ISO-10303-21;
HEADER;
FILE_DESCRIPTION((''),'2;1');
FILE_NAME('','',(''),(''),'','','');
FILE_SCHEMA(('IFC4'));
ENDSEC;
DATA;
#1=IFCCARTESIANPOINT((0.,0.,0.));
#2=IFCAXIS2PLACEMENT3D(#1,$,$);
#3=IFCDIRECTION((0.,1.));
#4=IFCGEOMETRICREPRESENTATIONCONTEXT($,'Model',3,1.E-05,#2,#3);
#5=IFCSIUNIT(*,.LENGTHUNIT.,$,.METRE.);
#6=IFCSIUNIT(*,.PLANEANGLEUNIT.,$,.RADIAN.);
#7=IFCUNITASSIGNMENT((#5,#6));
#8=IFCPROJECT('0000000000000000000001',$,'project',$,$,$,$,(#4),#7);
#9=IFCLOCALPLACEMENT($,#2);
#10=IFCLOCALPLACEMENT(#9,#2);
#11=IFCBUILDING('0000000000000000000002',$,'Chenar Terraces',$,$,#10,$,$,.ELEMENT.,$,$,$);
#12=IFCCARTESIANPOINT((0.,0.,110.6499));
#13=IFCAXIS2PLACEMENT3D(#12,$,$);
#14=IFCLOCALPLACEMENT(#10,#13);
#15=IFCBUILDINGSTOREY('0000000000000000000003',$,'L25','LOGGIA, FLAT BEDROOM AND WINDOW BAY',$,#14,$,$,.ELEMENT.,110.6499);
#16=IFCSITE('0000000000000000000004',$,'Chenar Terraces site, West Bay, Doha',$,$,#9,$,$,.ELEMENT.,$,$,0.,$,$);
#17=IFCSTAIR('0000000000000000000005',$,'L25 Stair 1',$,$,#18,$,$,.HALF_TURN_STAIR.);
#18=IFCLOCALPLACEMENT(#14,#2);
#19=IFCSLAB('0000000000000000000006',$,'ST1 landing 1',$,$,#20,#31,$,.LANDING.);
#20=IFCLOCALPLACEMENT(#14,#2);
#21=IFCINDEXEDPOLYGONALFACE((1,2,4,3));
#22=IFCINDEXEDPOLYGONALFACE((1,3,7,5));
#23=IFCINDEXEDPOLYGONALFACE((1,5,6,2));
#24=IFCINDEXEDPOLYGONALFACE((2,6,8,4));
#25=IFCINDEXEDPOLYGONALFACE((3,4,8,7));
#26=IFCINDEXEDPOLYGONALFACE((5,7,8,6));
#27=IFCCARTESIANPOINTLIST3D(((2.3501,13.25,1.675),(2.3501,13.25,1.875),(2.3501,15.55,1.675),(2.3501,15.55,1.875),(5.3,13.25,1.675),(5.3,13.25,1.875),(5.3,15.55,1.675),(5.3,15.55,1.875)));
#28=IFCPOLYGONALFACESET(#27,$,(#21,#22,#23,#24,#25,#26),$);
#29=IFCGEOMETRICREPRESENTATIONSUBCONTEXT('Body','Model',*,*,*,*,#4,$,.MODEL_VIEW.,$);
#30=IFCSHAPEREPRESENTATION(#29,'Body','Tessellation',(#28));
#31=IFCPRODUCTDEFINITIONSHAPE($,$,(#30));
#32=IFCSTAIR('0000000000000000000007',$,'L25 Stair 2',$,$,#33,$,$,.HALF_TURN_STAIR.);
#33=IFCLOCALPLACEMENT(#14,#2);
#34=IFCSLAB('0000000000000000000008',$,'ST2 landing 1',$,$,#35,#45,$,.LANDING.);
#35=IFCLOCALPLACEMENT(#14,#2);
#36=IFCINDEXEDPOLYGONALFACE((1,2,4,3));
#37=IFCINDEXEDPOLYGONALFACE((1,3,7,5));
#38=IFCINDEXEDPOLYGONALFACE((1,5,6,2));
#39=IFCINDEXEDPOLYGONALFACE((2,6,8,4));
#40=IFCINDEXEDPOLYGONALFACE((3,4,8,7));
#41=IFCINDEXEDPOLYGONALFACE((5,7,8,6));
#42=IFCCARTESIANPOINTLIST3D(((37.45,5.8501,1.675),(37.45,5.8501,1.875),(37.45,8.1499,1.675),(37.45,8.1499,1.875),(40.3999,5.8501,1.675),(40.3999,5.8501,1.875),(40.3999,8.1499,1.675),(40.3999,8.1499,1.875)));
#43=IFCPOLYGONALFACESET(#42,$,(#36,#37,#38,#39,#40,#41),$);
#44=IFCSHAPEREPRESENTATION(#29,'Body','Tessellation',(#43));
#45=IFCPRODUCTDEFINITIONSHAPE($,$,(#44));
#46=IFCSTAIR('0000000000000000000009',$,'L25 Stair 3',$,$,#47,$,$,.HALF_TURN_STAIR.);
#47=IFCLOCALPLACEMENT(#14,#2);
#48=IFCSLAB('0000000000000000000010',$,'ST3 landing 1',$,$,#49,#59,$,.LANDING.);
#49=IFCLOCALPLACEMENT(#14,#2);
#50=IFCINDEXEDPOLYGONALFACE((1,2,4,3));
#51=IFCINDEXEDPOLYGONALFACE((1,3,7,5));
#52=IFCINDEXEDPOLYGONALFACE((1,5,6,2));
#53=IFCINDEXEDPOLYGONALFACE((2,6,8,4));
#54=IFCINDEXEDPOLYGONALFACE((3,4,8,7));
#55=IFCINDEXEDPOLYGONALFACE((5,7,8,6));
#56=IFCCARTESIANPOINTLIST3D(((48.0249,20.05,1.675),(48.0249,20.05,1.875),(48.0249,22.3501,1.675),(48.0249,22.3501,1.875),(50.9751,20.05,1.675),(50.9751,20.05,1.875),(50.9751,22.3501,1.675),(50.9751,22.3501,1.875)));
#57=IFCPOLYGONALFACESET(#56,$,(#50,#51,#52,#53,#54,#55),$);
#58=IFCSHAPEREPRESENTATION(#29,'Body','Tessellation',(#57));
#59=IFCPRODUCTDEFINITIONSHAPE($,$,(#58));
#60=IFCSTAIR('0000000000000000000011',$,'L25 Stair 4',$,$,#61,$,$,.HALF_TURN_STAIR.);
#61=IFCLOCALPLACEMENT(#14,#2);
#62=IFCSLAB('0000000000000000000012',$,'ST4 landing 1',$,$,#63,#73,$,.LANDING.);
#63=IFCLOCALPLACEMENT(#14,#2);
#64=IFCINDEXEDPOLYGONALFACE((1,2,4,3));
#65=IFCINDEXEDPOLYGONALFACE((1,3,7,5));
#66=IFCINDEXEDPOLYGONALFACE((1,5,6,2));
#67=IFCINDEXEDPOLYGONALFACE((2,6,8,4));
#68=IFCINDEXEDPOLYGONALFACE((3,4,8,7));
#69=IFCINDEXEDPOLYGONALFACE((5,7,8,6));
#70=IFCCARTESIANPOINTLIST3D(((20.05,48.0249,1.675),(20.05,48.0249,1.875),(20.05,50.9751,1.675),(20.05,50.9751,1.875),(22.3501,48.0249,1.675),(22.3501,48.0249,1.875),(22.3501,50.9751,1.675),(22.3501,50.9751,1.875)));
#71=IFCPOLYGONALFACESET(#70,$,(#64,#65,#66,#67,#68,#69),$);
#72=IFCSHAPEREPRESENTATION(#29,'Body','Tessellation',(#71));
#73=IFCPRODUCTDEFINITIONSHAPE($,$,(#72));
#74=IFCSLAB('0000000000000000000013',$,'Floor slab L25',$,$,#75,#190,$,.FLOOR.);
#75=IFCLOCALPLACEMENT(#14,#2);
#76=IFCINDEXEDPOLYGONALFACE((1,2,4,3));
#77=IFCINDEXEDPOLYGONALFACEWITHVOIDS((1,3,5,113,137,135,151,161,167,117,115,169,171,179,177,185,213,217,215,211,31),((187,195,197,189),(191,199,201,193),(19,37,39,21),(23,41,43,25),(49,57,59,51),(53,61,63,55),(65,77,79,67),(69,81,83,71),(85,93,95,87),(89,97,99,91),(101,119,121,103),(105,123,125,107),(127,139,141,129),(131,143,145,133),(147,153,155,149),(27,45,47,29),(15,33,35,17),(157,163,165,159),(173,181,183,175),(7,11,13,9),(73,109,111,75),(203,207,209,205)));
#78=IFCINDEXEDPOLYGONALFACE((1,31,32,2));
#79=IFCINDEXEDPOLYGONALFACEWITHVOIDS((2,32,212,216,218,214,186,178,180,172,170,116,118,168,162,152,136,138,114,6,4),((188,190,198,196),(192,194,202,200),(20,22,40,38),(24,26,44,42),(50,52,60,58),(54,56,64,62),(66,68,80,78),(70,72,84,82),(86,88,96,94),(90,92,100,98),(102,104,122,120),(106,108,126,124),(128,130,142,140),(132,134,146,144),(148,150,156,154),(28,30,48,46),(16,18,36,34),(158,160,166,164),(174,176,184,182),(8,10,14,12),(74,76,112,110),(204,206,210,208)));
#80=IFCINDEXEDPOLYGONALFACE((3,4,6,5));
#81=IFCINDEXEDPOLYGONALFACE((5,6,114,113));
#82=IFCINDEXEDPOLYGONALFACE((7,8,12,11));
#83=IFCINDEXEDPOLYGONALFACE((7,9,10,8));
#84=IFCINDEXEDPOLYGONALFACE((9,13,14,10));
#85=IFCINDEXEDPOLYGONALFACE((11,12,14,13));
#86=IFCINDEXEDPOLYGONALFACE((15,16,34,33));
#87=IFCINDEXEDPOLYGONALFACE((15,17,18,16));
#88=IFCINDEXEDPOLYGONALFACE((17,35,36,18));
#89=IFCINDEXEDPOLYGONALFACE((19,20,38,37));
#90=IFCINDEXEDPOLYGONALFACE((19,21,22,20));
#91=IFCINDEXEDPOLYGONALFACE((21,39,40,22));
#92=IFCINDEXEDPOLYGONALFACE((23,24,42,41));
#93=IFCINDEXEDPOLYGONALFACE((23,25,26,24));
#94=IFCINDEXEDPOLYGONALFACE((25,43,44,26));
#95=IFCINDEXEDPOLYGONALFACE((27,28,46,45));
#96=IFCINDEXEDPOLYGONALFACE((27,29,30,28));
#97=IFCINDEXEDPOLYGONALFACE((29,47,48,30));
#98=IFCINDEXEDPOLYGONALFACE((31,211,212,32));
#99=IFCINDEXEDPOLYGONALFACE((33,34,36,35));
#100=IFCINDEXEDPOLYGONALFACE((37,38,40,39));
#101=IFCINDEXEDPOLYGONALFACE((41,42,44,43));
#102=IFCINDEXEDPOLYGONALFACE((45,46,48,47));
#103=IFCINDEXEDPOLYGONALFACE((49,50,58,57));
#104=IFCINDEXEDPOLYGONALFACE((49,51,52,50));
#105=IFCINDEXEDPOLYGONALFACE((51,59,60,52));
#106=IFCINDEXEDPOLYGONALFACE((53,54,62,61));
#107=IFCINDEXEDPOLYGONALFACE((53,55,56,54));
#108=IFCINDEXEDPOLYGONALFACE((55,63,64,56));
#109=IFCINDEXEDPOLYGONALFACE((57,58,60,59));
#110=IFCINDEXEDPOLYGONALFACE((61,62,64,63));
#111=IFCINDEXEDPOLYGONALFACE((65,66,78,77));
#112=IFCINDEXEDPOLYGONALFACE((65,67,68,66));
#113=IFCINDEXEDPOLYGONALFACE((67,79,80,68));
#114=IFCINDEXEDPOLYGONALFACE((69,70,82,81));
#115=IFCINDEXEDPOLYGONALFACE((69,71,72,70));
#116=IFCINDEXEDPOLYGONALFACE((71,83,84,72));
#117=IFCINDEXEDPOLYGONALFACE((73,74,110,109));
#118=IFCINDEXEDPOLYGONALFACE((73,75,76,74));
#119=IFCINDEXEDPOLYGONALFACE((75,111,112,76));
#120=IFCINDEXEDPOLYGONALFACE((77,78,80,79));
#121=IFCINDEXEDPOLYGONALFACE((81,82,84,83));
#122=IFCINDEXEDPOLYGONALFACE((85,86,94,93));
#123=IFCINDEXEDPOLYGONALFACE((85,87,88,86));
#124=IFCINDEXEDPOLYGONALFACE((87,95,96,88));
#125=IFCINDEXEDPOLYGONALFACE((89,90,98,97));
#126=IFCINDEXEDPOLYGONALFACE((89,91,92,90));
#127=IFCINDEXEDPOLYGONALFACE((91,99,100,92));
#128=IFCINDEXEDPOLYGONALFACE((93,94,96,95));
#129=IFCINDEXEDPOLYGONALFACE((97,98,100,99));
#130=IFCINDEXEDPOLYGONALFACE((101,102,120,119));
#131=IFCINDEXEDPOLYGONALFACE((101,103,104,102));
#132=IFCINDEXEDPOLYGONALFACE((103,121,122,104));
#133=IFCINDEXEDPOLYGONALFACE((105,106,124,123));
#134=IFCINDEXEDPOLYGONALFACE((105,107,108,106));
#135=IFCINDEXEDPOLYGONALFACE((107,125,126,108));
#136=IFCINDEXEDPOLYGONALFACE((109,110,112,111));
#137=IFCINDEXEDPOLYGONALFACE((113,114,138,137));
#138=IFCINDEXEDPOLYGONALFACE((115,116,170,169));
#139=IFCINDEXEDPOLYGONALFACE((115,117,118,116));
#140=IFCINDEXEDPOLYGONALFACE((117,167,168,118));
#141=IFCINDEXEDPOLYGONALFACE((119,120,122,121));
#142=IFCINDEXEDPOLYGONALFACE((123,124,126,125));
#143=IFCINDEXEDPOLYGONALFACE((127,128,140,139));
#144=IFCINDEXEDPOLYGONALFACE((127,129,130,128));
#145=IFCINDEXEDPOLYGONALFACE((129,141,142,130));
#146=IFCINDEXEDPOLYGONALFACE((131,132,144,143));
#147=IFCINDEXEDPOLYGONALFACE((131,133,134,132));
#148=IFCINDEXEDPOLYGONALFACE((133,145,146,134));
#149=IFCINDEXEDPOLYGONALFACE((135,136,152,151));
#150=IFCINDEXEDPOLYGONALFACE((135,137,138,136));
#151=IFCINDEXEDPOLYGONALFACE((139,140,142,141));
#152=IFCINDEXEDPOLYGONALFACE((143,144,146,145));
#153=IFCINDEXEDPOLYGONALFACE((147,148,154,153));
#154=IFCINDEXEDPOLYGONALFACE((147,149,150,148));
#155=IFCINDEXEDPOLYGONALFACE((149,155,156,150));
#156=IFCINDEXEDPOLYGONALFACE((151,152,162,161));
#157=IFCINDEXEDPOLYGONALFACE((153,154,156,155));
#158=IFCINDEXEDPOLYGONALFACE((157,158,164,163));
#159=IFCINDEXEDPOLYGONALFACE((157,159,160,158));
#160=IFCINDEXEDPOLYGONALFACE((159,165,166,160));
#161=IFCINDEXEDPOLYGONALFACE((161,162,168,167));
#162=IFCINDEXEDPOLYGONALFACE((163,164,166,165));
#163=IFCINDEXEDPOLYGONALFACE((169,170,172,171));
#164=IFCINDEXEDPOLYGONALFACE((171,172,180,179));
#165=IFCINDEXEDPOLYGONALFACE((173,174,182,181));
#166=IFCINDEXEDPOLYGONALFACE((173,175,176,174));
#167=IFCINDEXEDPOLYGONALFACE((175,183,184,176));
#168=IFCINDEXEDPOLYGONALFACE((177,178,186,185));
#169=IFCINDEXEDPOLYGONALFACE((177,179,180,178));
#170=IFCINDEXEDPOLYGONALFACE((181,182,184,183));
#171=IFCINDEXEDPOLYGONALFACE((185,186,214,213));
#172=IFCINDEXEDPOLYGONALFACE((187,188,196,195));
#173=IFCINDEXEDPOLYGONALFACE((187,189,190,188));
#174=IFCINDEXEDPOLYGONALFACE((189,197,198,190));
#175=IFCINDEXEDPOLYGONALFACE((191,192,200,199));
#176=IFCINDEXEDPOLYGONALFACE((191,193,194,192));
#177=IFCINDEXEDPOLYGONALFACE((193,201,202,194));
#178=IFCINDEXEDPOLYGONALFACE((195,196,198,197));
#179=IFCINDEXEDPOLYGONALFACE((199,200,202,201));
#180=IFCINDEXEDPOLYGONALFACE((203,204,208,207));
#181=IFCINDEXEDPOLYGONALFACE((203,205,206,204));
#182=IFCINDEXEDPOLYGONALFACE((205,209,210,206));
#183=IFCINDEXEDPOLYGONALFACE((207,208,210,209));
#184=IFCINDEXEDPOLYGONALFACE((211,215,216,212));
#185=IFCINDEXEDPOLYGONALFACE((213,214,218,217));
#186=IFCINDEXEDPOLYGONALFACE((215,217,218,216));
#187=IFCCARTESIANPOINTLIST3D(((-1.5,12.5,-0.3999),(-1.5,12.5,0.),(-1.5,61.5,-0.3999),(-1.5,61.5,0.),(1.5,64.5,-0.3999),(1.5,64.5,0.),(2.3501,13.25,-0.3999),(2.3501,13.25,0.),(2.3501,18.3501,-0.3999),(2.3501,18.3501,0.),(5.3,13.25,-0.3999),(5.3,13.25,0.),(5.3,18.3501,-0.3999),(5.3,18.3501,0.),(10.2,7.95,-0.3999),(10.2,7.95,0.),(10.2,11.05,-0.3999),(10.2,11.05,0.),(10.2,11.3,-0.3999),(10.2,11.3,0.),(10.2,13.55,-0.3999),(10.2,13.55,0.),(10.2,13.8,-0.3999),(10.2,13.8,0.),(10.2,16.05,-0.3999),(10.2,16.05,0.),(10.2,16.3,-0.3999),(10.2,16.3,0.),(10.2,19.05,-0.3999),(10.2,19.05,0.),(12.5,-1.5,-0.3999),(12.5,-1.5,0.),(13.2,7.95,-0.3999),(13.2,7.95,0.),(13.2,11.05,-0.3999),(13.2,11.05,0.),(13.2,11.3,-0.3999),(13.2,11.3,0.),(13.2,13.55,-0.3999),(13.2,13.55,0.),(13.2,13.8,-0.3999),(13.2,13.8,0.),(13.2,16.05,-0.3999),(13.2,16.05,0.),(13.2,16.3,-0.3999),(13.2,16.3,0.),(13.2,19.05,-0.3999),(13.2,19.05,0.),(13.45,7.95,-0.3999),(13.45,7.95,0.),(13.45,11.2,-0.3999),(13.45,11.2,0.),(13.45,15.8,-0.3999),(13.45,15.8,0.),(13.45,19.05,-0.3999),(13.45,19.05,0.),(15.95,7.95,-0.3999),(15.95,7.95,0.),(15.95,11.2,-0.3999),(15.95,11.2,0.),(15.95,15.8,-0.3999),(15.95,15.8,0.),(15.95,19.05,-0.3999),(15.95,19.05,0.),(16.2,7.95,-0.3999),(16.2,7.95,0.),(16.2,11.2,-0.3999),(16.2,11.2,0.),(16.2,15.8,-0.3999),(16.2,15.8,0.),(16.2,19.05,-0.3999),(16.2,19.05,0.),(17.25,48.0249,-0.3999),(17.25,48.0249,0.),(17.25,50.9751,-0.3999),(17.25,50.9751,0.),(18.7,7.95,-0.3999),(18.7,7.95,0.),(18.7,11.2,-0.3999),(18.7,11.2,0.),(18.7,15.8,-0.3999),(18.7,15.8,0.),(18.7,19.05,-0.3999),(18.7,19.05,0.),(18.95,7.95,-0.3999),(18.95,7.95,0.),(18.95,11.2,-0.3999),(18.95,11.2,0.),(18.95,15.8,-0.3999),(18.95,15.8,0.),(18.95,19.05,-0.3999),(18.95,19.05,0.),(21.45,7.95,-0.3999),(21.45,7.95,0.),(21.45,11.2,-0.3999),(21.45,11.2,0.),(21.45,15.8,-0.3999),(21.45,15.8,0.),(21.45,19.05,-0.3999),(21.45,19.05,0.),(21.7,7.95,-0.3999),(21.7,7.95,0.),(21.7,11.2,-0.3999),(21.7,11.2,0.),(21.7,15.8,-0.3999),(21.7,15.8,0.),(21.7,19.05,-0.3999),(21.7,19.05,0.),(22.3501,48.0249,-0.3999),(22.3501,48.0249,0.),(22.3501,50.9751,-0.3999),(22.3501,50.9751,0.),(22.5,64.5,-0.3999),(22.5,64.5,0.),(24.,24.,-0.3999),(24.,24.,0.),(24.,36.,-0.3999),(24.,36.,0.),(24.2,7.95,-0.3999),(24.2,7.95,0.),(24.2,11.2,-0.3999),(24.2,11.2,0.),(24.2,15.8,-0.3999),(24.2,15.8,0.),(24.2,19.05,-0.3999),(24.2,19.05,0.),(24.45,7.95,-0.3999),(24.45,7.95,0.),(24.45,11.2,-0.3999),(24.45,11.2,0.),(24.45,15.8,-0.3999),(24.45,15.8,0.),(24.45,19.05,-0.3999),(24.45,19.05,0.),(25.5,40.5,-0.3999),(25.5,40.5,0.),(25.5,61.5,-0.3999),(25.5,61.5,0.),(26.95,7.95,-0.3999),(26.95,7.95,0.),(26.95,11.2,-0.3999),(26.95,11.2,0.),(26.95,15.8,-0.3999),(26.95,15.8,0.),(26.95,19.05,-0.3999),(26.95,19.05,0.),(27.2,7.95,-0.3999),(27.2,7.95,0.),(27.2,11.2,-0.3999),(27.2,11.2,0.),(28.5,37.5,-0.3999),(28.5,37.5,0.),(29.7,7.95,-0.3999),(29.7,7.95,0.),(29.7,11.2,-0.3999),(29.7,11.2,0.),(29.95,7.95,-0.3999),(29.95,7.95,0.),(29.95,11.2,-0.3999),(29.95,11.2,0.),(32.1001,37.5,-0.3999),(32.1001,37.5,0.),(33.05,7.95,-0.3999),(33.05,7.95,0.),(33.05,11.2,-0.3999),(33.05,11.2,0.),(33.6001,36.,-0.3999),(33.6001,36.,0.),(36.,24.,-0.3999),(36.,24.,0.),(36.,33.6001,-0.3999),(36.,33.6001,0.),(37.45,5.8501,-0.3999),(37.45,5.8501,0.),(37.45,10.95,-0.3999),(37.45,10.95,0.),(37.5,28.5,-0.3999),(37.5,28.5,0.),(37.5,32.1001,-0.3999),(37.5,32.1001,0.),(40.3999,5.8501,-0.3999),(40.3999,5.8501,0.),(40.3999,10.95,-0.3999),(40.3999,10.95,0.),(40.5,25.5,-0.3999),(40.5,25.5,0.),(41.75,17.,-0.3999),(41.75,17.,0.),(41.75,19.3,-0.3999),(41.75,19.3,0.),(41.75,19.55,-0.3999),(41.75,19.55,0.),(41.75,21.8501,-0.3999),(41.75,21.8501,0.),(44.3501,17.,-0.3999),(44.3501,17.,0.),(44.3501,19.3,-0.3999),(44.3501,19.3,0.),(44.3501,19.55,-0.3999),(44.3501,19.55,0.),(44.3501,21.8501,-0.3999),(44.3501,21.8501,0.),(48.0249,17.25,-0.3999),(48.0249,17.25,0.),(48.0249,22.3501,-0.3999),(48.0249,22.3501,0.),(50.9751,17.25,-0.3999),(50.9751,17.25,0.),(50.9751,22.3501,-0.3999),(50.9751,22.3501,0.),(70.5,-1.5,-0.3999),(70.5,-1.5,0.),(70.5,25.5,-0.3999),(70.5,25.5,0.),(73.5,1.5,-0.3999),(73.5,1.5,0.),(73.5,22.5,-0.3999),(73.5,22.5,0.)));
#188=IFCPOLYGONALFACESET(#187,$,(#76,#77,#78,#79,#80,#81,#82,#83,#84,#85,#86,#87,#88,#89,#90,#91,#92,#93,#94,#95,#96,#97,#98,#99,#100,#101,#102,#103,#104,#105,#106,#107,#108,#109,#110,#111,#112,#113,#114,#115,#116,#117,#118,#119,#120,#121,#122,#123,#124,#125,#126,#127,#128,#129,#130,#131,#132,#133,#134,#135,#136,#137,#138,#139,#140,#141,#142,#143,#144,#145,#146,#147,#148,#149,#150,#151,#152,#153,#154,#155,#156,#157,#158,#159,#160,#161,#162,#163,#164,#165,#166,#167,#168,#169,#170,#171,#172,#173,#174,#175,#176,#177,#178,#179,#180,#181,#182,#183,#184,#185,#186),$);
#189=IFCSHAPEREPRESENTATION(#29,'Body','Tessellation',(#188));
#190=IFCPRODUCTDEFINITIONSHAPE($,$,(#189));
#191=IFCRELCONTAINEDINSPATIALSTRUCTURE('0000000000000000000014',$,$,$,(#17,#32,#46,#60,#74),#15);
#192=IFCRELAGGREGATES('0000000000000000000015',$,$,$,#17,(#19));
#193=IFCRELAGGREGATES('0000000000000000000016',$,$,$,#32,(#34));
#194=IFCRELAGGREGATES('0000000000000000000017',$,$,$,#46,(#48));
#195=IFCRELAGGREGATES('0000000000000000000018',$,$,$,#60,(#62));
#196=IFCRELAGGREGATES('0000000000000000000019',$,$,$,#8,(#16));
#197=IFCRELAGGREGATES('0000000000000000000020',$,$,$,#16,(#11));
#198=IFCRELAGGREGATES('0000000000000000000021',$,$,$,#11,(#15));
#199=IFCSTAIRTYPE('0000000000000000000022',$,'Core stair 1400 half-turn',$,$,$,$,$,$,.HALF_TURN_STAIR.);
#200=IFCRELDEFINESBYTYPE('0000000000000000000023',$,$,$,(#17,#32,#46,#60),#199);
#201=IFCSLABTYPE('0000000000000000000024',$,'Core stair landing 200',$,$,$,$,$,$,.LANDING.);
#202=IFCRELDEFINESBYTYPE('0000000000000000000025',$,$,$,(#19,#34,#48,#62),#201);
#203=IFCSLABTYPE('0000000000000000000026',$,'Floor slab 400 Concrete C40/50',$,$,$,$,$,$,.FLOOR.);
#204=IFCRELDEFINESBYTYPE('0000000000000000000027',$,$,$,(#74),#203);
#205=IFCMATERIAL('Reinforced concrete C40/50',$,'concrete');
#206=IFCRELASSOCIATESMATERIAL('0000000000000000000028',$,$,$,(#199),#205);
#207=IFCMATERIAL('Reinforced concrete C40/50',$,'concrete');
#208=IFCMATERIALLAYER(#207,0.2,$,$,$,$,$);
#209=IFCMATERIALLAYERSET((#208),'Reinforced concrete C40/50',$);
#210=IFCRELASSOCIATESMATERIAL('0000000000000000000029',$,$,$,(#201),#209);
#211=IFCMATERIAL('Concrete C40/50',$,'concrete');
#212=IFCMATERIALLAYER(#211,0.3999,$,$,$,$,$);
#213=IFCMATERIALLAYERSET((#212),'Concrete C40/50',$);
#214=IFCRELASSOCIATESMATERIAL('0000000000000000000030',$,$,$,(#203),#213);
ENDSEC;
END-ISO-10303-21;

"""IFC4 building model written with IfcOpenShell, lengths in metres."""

from ifc_helpers import new_model, si_unit, direction, frame, origin, place, context, subcontext, project, spatial, polyline, outline, extrude, material, layer, layer_set, type_object, element, aggregate, save


model = new_model("IFC4")

# Units and contexts
model_context = context("Model", 3, precision=1e-05, world=origin(), true_north=direction((0.0, 1.0)))
body_context = subcontext(model_context, "Body", "Model", "MODEL_VIEW")
ifc_project = project(units=[si_unit("LENGTHUNIT", "METRE"), si_unit("PLANEANGLEUNIT", "RADIAN")], contexts=[model_context])

# Site, building, storey
site_placement = place(None, origin())
site = spatial("IfcSite", under=ifc_project, at=site_placement, Name="Chenar Terraces site, West Bay, Doha", CompositionType="ELEMENT", RefElevation=0.0)
building_placement = place(site_placement, origin())
building = spatial("IfcBuilding", under=site, at=building_placement, Name="Chenar Terraces", CompositionType="ELEMENT")
storey_placement = place(building_placement, frame((0.0, 0.0, 110.6499)))
storey = spatial("IfcBuildingStorey", under=building, at=storey_placement, Name="L25", Description="LOGGIA, FLAT BEDROOM AND WINDOW BAY", CompositionType="ELEMENT", Elevation=110.6499)

# Stairs, slabs
ifc_material_1 = material(Name="Reinforced concrete C40/50", Category="concrete")
stair_type = type_object("IfcStairType", Name="Core stair 1400 half-turn", PredefinedType="HALF_TURN_STAIR", material=ifc_material_1)
placement_1 = place(storey_placement, origin())
stair_1 = element("IfcStair", 1, at=placement_1, inside=storey, type_object=stair_type, Name="L25 Stair 1", PredefinedType="HALF_TURN_STAIR")
ifc_material_2 = material(Name="Reinforced concrete C40/50", Category="concrete")
ifc_layer_1 = layer(ifc_material_2, 0.2)
ifc_layer_set_1 = layer_set([ifc_layer_1], Name="Reinforced concrete C40/50")
slab_type_1 = type_object("IfcSlabType", Name="Core stair landing 200", PredefinedType="LANDING", material=ifc_layer_set_1)
placement_2 = place(storey_placement, frame((0.0, 0.0, 1.675)))
slab_1 = element("IfcSlab", 2, at=placement_2, type_object=slab_type_1, Name="ST1 landing 1", PredefinedType="LANDING", context=body_context, shape_type="SweptSolid", body=[
    extrude(outline(polyline([(2.3501, 15.55), (2.3501, 13.25), (5.3, 13.25), (5.3, 15.55), (2.3501, 15.55)])), origin(), (0.0, 0.0, 1.0), 0.2),
])
aggregate(stair_1, [slab_1])
stair_2 = element("IfcStair", 3, at=placement_1, inside=storey, type_object=stair_type, Name="L25 Stair 2", PredefinedType="HALF_TURN_STAIR")
slab_2 = element("IfcSlab", 4, at=placement_2, type_object=slab_type_1, Name="ST2 landing 1", PredefinedType="LANDING", context=body_context, shape_type="SweptSolid", body=[
    extrude(outline(polyline([(37.45, 8.1499), (37.45, 5.8501), (40.3999, 5.8501), (40.3999, 8.1499), (37.45, 8.1499)])), origin(), (0.0, 0.0, 1.0), 0.2),
])
aggregate(stair_2, [slab_2])
stair_3 = element("IfcStair", 5, at=placement_1, inside=storey, type_object=stair_type, Name="L25 Stair 3", PredefinedType="HALF_TURN_STAIR")
slab_3 = element("IfcSlab", 6, at=placement_2, type_object=slab_type_1, Name="ST3 landing 1", PredefinedType="LANDING", context=body_context, shape_type="SweptSolid", body=[
    extrude(outline(polyline([(50.9751, 20.05), (50.9751, 22.3501), (48.0249, 22.3501), (48.0249, 20.05), (50.9751, 20.05)])), origin(), (0.0, 0.0, 1.0), 0.2),
])
aggregate(stair_3, [slab_3])
stair_4 = element("IfcStair", 7, at=placement_1, inside=storey, type_object=stair_type, Name="L25 Stair 4", PredefinedType="HALF_TURN_STAIR")
slab_4 = element("IfcSlab", 8, at=placement_2, type_object=slab_type_1, Name="ST4 landing 1", PredefinedType="LANDING", context=body_context, shape_type="SweptSolid", body=[
    extrude(outline(polyline([(20.05, 48.0249), (22.3501, 48.0249), (22.3501, 50.9751), (20.05, 50.9751), (20.05, 48.0249)])), origin(), (0.0, 0.0, 1.0), 0.2),
])
aggregate(stair_4, [slab_4])

# Slab
ifc_material_3 = material(Name="Concrete C40/50", Category="concrete")
ifc_layer_2 = layer(ifc_material_3, 0.3999)
ifc_layer_set_2 = layer_set([ifc_layer_2], Name="Concrete C40/50")
slab_type_2 = type_object("IfcSlabType", Name="Floor slab 400 Concrete C40/50", PredefinedType="FLOOR", material=ifc_layer_set_2)
slab_5_placement = place(storey_placement, frame((0.0, 0.0, -0.3999)))
element("IfcSlab", 9, at=slab_5_placement, inside=storey, type_object=slab_type_2, Name="Floor slab L25", PredefinedType="FLOOR", context=body_context, shape_type="SweptSolid", body=[
    extrude(outline(polyline([(73.5, 22.5), (73.5, 1.5), (70.5, -1.5), (12.5, -1.5), (-1.5, 12.5), (-1.5, 61.5), (1.5, 64.5), (22.5, 64.5), (25.5, 61.5), (25.5, 40.5), (28.5, 37.5), (32.1001, 37.5), (33.6001, 36.0), (24.0, 36.0), (24.0, 24.0), (36.0, 24.0), (36.0, 33.6001), (37.5, 32.1001), (37.5, 28.5), (40.5, 25.5), (70.5, 25.5), (73.5, 22.5)]), holes=[polyline([(13.2, 11.05), (10.2, 11.05), (10.2, 7.95), (13.2, 7.95), (13.2, 11.05)]), polyline([(15.95, 11.2), (13.45, 11.2), (13.45, 7.95), (15.95, 7.95), (15.95, 11.2)]), polyline([(18.7, 11.2), (16.2, 11.2), (16.2, 7.95), (18.7, 7.95), (18.7, 11.2)]), polyline([(21.45, 7.95), (21.45, 11.2), (18.95, 11.2), (18.95, 7.95), (21.45, 7.95)]), polyline([(13.2, 11.3), (13.2, 13.55), (10.2, 13.55), (10.2, 11.3), (13.2, 11.3)]), polyline([(13.2, 16.05), (10.2, 16.05), (10.2, 13.8), (13.2, 13.8), (13.2, 16.05)]), polyline([(2.3501, 18.3501), (2.3501, 13.25), (5.3, 13.25), (5.3, 18.3501), (2.3501, 18.3501)]), polyline([(15.95, 15.8), (15.95, 19.05), (13.45, 19.05), (13.45, 15.8), (15.95, 15.8)]), polyline([(18.7, 19.05), (16.2, 19.05), (16.2, 15.8), (18.7, 15.8), (18.7, 19.05)]), polyline([(21.45, 15.8), (21.45, 19.05), (18.95, 19.05), (18.95, 15.8), (21.45, 15.8)]), polyline([(13.2, 16.3), (13.2, 19.05), (10.2, 19.05), (10.2, 16.3), (13.2, 16.3)]), polyline([(22.3501, 48.0249), (22.3501, 50.9751), (17.25, 50.9751), (17.25, 48.0249), (22.3501, 48.0249)]), polyline([(37.45, 10.95), (37.45, 5.8501), (40.3999, 5.8501), (40.3999, 10.95), (37.45, 10.95)]), polyline([(24.2, 7.95), (24.2, 11.2), (21.7, 11.2), (21.7, 7.95), (24.2, 7.95)]), polyline([(26.95, 11.2), (24.45, 11.2), (24.45, 7.95), (26.95, 7.95), (26.95, 11.2)]), polyline([(29.7, 7.95), (29.7, 11.2), (27.2, 11.2), (27.2, 7.95), (29.7, 7.95)]), polyline([(33.05, 7.95), (33.05, 11.2), (29.95, 11.2), (29.95, 7.95), (33.05, 7.95)]), polyline([(24.2, 19.05), (21.7, 19.05), (21.7, 15.8), (24.2, 15.8), (24.2, 19.05)]), polyline([(26.95, 15.8), (26.95, 19.05), (24.45, 19.05), (24.45, 15.8), (26.95, 15.8)]), polyline([(44.3501, 17.0), (44.3501, 19.3), (41.75, 19.3), (41.75, 17.0), (44.3501, 17.0)]), polyline([(50.9751, 22.3501), (48.0249, 22.3501), (48.0249, 17.25), (50.9751, 17.25), (50.9751, 22.3501)]), polyline([(44.3501, 19.55), (44.3501, 21.8501), (41.75, 21.8501), (41.75, 19.55), (44.3501, 19.55)])]), origin(), (0.0, 0.0, 1.0), 0.3999),
])

save(model, "model.ifc")
